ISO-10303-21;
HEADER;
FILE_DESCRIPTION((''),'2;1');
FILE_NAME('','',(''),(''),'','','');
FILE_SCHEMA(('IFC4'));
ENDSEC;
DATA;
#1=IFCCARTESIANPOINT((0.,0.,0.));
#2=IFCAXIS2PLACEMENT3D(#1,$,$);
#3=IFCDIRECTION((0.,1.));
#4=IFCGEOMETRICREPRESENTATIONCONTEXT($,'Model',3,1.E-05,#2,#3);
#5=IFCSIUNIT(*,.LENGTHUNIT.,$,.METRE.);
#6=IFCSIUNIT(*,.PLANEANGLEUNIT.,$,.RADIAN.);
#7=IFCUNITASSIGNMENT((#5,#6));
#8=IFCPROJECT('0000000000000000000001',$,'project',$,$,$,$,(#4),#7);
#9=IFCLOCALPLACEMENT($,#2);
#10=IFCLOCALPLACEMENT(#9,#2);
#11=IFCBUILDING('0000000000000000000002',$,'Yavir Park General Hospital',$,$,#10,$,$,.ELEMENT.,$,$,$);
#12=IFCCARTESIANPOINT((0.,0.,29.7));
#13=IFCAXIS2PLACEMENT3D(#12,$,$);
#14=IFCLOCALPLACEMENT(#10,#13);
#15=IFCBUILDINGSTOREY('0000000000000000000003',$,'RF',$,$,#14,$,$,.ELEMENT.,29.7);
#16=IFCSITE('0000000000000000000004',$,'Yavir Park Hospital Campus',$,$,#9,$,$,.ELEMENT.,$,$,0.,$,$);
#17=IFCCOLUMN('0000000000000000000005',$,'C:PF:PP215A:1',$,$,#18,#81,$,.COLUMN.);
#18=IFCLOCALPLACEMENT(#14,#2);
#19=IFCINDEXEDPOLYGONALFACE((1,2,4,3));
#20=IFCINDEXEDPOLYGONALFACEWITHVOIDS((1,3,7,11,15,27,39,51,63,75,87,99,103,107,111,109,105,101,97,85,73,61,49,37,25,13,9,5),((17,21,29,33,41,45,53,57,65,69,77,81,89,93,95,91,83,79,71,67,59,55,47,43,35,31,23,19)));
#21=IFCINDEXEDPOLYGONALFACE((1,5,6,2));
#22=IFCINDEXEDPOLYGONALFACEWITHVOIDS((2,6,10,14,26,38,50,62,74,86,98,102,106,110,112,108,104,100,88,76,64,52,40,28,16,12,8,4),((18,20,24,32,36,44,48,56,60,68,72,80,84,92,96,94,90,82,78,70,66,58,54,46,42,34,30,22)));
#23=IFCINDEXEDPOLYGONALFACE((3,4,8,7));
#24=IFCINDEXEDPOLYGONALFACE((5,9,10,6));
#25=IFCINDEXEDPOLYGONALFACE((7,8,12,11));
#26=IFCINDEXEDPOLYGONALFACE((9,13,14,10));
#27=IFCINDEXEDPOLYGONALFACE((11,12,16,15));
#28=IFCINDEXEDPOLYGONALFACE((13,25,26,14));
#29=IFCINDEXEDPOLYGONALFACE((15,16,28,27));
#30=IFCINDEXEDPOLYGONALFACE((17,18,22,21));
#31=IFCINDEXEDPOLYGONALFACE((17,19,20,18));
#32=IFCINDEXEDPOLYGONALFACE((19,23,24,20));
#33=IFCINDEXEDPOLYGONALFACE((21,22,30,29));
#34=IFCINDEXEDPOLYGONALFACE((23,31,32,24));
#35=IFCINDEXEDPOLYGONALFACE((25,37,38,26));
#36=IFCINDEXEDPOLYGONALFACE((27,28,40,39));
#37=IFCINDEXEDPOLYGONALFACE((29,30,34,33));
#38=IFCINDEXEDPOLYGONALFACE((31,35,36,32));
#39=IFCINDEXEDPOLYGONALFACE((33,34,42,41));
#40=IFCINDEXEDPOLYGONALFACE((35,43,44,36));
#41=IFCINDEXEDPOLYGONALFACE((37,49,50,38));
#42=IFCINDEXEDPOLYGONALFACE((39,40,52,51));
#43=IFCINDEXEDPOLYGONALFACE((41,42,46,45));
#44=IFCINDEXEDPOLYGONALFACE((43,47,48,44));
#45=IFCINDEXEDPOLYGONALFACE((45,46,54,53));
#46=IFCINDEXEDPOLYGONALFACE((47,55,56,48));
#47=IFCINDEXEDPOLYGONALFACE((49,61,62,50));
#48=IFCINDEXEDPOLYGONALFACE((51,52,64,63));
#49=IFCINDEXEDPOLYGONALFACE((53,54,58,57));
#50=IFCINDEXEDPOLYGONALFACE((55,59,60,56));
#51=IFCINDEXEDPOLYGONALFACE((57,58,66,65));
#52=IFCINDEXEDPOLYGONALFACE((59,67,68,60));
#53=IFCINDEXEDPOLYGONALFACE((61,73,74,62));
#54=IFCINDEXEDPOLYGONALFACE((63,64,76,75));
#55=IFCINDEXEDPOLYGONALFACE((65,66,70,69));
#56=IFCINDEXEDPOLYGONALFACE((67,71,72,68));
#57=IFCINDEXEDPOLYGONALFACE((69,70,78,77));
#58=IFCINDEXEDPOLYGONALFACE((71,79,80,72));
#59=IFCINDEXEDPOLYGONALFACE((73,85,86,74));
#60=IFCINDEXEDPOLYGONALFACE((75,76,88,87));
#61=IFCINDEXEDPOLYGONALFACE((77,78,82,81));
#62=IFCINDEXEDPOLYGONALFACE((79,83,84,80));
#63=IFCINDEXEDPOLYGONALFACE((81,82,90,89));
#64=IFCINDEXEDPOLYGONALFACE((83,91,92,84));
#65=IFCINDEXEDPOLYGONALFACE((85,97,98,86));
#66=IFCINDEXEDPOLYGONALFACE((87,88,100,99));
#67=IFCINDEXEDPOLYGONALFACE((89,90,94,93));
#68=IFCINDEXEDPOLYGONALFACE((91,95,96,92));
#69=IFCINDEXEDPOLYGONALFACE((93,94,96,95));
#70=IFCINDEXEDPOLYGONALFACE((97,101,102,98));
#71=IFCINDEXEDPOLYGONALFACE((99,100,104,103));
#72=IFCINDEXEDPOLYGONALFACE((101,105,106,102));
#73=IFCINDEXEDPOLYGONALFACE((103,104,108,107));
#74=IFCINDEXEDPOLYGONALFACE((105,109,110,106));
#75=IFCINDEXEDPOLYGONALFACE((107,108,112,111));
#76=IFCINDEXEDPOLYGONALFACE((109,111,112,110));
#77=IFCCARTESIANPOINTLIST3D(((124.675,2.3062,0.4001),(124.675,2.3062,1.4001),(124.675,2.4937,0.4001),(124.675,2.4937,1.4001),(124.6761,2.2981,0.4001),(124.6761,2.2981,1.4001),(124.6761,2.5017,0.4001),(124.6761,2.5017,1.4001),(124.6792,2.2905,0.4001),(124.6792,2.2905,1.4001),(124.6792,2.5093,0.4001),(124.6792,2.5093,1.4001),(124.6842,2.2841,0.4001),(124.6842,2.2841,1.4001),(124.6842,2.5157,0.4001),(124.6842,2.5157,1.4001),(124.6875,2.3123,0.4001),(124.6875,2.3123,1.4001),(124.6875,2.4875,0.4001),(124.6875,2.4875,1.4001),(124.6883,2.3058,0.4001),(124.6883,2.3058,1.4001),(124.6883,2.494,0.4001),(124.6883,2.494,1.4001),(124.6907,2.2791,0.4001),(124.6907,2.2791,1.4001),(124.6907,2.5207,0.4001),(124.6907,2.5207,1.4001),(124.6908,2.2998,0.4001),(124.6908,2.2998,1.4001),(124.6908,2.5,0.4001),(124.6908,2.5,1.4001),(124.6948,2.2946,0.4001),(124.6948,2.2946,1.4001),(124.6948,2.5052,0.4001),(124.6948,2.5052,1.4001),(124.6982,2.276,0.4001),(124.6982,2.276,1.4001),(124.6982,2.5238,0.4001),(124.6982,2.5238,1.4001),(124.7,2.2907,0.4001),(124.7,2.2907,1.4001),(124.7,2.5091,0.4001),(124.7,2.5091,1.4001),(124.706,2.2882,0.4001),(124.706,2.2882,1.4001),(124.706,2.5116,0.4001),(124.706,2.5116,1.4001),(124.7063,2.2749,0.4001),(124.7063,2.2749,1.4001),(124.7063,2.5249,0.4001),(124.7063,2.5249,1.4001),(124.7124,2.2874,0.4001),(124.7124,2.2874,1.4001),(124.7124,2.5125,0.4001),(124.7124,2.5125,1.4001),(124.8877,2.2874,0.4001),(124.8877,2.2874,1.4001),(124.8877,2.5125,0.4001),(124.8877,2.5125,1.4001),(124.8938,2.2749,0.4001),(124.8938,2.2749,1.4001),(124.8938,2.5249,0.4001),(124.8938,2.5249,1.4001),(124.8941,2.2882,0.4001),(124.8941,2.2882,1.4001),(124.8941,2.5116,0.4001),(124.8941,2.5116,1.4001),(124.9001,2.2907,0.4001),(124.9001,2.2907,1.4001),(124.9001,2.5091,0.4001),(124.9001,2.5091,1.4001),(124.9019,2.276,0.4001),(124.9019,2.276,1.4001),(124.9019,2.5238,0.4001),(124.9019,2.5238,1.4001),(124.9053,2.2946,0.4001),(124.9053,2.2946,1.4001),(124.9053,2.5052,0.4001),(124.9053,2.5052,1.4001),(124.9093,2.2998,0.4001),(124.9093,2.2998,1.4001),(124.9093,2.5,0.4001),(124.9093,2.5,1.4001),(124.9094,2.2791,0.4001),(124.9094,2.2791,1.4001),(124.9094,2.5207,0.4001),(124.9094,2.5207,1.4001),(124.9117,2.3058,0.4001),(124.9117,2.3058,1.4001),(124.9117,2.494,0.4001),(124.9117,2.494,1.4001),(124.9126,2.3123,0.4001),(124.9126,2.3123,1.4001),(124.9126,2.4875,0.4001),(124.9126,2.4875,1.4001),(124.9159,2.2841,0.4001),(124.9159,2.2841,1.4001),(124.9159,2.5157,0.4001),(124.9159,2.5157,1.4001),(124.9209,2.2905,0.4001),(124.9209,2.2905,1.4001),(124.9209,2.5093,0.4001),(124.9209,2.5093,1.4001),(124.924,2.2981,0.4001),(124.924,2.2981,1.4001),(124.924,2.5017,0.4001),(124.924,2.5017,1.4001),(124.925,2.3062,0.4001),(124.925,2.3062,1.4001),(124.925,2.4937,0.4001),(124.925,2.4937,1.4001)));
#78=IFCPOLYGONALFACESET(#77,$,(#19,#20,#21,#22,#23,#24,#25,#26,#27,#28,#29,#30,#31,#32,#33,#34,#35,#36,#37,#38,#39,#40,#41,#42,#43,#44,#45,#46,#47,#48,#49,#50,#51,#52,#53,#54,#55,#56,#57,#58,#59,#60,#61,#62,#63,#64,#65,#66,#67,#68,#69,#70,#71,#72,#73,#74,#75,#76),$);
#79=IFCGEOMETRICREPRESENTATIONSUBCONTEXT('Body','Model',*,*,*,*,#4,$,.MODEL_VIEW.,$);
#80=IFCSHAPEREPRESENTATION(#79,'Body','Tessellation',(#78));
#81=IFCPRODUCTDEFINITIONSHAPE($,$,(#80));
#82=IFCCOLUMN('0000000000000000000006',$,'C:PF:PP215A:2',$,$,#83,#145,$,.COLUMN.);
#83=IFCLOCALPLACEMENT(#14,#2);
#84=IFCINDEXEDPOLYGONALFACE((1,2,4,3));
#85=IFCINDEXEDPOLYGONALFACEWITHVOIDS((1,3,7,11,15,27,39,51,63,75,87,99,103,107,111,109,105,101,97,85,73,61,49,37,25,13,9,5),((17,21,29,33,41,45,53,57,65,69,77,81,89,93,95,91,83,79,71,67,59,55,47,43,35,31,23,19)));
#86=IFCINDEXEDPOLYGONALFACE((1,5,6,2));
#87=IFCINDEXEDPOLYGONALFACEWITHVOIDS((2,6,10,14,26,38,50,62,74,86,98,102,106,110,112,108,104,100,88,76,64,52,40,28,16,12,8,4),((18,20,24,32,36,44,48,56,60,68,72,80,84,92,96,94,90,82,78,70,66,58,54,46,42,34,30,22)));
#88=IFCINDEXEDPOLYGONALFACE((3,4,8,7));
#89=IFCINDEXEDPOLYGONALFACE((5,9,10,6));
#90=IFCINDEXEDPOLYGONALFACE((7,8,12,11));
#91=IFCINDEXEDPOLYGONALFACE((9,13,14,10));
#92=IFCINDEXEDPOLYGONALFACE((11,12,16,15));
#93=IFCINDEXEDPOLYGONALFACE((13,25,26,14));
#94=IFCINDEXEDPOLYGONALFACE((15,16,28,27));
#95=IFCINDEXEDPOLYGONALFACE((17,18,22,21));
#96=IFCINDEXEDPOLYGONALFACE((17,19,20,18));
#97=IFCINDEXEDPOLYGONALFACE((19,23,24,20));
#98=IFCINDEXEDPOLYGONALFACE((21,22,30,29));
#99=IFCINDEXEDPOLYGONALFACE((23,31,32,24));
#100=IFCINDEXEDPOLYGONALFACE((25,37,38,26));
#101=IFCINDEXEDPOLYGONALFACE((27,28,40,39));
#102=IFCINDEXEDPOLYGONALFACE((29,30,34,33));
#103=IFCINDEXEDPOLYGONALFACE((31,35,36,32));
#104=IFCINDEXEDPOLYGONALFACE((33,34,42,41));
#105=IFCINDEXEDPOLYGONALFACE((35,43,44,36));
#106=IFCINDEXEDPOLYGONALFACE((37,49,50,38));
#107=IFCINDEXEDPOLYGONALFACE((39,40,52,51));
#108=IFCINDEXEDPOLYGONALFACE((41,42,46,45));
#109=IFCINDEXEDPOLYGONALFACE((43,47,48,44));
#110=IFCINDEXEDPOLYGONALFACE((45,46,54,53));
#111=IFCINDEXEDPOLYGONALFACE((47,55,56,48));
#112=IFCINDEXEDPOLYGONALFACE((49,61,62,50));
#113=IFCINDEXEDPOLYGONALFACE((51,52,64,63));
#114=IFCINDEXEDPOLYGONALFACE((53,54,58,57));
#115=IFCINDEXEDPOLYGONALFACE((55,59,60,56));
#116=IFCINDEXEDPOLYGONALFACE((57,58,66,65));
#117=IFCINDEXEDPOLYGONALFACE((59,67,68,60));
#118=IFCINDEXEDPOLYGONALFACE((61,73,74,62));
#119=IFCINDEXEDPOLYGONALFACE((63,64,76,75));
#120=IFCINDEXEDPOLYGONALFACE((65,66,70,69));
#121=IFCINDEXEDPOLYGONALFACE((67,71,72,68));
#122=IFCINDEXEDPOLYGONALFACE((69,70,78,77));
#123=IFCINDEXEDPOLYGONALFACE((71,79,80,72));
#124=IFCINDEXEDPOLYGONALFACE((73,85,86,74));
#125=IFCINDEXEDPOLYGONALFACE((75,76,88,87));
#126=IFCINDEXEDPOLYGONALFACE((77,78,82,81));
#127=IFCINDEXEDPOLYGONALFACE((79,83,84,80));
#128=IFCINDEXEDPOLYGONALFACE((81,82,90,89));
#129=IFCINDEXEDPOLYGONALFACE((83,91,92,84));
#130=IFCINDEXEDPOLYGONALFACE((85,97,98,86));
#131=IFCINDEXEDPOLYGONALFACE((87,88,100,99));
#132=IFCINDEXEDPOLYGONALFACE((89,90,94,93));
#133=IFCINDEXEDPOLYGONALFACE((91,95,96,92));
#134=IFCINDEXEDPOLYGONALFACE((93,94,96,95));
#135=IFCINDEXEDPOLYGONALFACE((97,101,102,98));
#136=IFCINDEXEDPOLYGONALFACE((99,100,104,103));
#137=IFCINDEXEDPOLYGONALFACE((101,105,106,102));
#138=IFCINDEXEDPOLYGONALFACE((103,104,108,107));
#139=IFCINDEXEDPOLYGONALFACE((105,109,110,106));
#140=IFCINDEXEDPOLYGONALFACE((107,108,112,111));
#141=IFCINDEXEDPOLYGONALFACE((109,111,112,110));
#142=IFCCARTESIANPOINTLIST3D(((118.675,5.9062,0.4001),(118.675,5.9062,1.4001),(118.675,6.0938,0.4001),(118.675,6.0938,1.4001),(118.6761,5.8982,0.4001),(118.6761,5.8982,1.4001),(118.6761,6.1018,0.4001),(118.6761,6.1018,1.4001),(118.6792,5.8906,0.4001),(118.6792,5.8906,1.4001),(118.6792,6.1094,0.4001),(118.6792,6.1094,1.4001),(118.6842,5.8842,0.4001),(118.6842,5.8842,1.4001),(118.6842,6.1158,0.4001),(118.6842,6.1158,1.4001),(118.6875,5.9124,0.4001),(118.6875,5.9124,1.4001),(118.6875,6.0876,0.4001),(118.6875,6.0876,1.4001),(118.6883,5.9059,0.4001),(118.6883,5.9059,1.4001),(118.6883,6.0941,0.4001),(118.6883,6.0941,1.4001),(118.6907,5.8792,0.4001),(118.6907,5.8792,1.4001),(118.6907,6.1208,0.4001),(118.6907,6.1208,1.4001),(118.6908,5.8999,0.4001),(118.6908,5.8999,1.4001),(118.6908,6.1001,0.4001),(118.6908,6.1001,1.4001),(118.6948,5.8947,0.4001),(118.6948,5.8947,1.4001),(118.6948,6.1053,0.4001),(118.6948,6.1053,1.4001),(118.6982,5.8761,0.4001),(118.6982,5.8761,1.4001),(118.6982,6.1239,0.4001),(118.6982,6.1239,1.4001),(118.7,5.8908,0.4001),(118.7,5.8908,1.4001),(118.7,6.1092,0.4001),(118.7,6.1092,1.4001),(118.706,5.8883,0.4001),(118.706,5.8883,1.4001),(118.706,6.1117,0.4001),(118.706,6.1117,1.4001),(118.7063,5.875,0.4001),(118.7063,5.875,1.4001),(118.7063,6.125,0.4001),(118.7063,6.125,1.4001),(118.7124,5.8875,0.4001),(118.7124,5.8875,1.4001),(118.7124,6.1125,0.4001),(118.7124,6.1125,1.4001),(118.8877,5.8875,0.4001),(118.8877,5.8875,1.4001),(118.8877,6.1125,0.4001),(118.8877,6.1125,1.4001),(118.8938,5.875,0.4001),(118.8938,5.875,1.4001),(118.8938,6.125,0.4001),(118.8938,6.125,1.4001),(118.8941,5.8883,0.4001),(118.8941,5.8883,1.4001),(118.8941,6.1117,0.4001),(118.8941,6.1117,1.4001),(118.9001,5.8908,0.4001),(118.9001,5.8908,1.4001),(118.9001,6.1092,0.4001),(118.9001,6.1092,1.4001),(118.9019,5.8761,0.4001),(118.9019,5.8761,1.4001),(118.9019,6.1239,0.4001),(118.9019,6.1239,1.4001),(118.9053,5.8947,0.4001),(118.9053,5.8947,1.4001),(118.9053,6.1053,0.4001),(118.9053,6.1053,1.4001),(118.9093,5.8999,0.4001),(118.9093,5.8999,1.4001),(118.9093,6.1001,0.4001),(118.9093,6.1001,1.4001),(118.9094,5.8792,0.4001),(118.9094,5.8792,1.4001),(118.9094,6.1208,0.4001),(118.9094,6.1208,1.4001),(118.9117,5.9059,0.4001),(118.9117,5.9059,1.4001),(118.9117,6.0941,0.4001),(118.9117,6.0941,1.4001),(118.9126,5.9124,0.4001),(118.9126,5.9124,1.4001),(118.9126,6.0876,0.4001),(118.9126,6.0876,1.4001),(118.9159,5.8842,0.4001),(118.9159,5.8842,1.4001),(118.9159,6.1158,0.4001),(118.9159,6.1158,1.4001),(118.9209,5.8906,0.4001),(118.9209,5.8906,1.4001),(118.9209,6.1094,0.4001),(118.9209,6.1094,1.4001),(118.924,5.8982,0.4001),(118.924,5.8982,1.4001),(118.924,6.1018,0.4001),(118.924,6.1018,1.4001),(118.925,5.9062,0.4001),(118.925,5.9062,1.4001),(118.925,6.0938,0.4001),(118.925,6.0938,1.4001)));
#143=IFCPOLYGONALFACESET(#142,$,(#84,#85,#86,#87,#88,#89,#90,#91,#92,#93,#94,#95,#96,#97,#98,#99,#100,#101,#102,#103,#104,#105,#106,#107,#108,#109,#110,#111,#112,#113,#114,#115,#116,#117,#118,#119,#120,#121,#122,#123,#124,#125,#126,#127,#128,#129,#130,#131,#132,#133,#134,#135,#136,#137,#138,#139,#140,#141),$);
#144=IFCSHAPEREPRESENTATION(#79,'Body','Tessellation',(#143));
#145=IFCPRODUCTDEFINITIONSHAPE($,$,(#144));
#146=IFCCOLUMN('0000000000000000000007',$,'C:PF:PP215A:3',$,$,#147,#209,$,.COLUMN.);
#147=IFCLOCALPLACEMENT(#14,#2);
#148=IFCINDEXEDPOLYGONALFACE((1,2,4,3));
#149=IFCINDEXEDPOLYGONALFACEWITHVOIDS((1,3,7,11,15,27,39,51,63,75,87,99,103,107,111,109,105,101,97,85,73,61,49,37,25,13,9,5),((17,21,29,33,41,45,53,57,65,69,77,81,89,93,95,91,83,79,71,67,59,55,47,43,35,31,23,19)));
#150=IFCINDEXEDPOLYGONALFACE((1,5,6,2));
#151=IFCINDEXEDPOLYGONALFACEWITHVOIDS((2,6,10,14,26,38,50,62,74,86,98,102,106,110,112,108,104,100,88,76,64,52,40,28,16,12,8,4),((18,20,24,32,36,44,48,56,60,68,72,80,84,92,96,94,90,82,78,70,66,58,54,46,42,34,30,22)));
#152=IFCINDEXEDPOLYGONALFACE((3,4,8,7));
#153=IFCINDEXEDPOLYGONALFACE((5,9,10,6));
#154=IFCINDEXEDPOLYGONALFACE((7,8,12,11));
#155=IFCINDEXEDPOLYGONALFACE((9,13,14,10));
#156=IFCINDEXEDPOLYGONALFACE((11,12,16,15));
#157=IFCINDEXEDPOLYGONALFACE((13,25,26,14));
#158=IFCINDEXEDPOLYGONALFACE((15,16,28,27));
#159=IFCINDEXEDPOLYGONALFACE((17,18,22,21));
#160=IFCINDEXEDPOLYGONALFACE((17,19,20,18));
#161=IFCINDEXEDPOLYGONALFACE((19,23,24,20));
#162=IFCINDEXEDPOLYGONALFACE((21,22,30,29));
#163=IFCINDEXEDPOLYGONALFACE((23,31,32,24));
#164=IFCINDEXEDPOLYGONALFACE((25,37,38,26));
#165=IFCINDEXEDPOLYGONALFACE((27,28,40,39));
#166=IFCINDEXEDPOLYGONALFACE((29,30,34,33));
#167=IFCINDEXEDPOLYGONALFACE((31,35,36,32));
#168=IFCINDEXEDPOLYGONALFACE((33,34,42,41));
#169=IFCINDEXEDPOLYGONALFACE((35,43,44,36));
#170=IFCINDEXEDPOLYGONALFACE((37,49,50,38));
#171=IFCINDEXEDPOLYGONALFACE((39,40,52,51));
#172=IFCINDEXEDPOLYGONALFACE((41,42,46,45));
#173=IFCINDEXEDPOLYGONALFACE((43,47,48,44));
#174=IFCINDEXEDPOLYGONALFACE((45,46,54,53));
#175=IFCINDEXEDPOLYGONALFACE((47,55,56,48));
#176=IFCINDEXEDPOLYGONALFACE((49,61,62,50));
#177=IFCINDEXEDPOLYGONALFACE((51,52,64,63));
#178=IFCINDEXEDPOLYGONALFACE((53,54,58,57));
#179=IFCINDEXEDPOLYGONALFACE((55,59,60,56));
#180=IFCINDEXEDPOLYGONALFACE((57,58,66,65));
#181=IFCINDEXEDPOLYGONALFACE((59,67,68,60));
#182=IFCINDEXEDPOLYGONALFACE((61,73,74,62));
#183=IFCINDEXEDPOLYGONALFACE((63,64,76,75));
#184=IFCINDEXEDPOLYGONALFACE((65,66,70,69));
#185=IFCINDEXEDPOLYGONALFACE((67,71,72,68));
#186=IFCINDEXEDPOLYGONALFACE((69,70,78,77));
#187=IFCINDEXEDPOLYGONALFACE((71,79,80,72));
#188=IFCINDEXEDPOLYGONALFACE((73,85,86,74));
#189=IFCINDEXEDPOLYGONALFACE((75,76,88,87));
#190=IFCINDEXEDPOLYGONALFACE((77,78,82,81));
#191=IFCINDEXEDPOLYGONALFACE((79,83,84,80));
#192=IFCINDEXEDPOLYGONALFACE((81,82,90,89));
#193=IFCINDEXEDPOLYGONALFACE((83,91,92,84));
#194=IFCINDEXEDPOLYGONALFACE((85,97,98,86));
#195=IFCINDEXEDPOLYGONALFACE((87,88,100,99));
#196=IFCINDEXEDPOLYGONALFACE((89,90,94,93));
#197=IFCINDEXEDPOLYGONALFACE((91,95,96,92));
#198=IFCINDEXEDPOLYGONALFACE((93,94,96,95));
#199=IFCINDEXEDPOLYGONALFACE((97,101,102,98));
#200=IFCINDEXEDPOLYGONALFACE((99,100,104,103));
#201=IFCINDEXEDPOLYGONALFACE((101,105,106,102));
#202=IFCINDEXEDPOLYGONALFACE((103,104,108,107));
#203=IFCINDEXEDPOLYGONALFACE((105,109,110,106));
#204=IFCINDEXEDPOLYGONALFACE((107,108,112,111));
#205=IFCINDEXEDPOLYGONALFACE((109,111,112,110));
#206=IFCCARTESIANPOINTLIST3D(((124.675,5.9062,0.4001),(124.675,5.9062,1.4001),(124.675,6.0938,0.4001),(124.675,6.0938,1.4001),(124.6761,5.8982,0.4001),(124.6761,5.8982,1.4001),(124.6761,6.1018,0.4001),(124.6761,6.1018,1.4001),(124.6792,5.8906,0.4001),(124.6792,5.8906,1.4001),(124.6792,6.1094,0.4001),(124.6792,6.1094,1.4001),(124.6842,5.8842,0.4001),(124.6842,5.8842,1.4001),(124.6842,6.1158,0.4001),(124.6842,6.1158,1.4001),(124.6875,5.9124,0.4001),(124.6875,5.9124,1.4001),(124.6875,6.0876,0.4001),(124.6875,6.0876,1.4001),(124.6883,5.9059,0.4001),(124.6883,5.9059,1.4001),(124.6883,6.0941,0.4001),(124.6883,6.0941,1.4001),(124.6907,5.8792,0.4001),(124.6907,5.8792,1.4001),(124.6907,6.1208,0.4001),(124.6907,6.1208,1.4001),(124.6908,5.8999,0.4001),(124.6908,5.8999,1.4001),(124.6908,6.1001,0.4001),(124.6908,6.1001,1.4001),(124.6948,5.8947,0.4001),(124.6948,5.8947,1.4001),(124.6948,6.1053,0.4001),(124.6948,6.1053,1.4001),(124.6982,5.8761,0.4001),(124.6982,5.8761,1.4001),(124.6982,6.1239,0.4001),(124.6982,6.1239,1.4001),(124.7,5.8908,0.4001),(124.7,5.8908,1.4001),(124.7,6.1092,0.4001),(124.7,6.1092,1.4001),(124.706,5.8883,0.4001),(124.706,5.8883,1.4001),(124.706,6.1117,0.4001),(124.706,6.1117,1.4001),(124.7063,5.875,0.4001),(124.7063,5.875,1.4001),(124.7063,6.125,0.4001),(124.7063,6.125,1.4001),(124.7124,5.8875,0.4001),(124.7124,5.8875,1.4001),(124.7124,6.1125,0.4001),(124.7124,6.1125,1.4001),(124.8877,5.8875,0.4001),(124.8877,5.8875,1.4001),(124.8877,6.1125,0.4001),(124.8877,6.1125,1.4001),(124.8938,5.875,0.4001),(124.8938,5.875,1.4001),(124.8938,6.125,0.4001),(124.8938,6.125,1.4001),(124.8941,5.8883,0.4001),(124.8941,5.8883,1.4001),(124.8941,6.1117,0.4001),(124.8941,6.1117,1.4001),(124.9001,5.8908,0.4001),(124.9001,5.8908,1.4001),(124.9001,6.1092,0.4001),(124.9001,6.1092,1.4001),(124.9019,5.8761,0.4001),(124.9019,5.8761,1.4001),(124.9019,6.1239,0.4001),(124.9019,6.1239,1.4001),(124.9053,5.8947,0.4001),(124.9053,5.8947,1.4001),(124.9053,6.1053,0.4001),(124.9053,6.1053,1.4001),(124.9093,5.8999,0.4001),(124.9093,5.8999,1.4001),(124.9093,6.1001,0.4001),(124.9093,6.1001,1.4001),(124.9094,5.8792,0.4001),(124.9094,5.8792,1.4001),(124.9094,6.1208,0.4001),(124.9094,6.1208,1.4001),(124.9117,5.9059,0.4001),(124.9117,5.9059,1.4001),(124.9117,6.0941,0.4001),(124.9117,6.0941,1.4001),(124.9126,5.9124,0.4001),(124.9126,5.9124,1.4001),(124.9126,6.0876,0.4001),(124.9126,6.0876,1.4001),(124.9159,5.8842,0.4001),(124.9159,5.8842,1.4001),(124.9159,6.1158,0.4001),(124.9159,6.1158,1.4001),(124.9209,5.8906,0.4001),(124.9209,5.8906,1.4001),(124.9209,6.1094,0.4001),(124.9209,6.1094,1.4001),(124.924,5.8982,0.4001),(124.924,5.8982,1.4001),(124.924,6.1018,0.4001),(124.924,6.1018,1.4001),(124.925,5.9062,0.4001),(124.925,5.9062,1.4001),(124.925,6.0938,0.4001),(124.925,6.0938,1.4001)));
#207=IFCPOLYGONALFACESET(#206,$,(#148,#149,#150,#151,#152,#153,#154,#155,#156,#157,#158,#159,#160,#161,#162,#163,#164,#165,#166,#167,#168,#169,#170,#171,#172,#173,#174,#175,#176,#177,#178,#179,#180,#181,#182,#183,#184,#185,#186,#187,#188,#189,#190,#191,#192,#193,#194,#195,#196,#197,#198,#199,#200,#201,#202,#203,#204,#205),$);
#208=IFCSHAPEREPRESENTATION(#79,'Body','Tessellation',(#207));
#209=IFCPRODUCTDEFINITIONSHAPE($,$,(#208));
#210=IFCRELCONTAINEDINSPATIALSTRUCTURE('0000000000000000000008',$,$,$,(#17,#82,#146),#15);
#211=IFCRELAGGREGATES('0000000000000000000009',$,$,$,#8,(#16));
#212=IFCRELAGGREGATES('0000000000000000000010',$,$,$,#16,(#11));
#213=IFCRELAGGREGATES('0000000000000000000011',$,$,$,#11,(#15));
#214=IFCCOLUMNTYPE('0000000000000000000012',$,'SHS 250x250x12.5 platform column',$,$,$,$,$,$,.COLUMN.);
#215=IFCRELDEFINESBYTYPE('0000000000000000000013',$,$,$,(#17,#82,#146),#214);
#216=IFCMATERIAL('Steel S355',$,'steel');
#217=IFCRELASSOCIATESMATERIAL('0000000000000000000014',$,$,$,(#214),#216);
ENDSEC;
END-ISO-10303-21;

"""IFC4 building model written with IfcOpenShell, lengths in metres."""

from ifc_helpers import new_model, si_unit, direction, frame, origin, origin_2d, place, context, subcontext, project, spatial, hollow_rectangle, extrude, material, material_profile, profile_set, type_object, element, save


model = new_model("IFC4")

# Units and contexts
model_context = context("Model", 3, precision=1e-05, world=origin(), true_north=direction((0.0, 1.0)))
body_context = subcontext(model_context, "Body", "Model", "MODEL_VIEW")
ifc_project = project(units=[si_unit("LENGTHUNIT", "METRE"), si_unit("PLANEANGLEUNIT", "RADIAN")], contexts=[model_context])

# Site, building, storey
site_placement = place(None, origin())
site = spatial("IfcSite", under=ifc_project, at=site_placement, Name="Yavir Park Hospital Campus", CompositionType="ELEMENT", RefElevation=0.0)
building_placement = place(site_placement, origin())
building = spatial("IfcBuilding", under=site, at=building_placement, Name="Yavir Park General Hospital", CompositionType="ELEMENT")
storey_placement = place(building_placement, frame((0.0, 0.0, 29.7)))
storey = spatial("IfcBuildingStorey", under=building, at=storey_placement, Name="RF", CompositionType="ELEMENT", Elevation=29.7)

# Columns
ifc_material_1 = material(Name="Steel S355", Category="steel")
ifc_material_profile_1 = material_profile(ifc_material_1, hollow_rectangle(XDim=0.25, YDim=0.25, WallThickness=0.0125, InnerFilletRadius=0.0249, OuterFilletRadius=0.0312, at=origin_2d()), Name="SHS250x250x12.5")
ifc_profile_set_1 = profile_set([ifc_material_profile_1], Name="Steel S355")
column_type_1 = type_object("IfcColumnType", Name="SHS 250x250x12.5 platform column", PredefinedType="COLUMN", material=ifc_profile_set_1)
for number, where, z_axis, x_axis, name in (
    (1, (124.8, 2.3999, 0.4001), (0.0, 0.0, 1.0), (1.0, 0.0, 0.0), "C:PF:PP215A:1"),
    (2, (118.8, 6.0, 0.4001), (0.0, 0.0, 1.0), (1.0, 0.0, 0.0), "C:PF:PP215A:2"),
    (3, (124.8, 6.0, 0.4001), (0.0, 0.0, 1.0), (1.0, 0.0, 0.0), "C:PF:PP215A:3"),
):
    element("IfcColumn", number, at=place(storey_placement, frame(where, z_axis=z_axis, x_axis=x_axis)), inside=storey, type_object=column_type_1, Name=name, PredefinedType="COLUMN", context=body_context, shape_type="SweptSolid", body=[
        extrude(hollow_rectangle(XDim=0.25, YDim=0.25, WallThickness=0.0125, InnerFilletRadius=0.0249, OuterFilletRadius=0.0312, at=origin_2d()), origin(), (0.0, 0.0, 1.0), 1.0),
    ])

save(model, "model.ifc")
